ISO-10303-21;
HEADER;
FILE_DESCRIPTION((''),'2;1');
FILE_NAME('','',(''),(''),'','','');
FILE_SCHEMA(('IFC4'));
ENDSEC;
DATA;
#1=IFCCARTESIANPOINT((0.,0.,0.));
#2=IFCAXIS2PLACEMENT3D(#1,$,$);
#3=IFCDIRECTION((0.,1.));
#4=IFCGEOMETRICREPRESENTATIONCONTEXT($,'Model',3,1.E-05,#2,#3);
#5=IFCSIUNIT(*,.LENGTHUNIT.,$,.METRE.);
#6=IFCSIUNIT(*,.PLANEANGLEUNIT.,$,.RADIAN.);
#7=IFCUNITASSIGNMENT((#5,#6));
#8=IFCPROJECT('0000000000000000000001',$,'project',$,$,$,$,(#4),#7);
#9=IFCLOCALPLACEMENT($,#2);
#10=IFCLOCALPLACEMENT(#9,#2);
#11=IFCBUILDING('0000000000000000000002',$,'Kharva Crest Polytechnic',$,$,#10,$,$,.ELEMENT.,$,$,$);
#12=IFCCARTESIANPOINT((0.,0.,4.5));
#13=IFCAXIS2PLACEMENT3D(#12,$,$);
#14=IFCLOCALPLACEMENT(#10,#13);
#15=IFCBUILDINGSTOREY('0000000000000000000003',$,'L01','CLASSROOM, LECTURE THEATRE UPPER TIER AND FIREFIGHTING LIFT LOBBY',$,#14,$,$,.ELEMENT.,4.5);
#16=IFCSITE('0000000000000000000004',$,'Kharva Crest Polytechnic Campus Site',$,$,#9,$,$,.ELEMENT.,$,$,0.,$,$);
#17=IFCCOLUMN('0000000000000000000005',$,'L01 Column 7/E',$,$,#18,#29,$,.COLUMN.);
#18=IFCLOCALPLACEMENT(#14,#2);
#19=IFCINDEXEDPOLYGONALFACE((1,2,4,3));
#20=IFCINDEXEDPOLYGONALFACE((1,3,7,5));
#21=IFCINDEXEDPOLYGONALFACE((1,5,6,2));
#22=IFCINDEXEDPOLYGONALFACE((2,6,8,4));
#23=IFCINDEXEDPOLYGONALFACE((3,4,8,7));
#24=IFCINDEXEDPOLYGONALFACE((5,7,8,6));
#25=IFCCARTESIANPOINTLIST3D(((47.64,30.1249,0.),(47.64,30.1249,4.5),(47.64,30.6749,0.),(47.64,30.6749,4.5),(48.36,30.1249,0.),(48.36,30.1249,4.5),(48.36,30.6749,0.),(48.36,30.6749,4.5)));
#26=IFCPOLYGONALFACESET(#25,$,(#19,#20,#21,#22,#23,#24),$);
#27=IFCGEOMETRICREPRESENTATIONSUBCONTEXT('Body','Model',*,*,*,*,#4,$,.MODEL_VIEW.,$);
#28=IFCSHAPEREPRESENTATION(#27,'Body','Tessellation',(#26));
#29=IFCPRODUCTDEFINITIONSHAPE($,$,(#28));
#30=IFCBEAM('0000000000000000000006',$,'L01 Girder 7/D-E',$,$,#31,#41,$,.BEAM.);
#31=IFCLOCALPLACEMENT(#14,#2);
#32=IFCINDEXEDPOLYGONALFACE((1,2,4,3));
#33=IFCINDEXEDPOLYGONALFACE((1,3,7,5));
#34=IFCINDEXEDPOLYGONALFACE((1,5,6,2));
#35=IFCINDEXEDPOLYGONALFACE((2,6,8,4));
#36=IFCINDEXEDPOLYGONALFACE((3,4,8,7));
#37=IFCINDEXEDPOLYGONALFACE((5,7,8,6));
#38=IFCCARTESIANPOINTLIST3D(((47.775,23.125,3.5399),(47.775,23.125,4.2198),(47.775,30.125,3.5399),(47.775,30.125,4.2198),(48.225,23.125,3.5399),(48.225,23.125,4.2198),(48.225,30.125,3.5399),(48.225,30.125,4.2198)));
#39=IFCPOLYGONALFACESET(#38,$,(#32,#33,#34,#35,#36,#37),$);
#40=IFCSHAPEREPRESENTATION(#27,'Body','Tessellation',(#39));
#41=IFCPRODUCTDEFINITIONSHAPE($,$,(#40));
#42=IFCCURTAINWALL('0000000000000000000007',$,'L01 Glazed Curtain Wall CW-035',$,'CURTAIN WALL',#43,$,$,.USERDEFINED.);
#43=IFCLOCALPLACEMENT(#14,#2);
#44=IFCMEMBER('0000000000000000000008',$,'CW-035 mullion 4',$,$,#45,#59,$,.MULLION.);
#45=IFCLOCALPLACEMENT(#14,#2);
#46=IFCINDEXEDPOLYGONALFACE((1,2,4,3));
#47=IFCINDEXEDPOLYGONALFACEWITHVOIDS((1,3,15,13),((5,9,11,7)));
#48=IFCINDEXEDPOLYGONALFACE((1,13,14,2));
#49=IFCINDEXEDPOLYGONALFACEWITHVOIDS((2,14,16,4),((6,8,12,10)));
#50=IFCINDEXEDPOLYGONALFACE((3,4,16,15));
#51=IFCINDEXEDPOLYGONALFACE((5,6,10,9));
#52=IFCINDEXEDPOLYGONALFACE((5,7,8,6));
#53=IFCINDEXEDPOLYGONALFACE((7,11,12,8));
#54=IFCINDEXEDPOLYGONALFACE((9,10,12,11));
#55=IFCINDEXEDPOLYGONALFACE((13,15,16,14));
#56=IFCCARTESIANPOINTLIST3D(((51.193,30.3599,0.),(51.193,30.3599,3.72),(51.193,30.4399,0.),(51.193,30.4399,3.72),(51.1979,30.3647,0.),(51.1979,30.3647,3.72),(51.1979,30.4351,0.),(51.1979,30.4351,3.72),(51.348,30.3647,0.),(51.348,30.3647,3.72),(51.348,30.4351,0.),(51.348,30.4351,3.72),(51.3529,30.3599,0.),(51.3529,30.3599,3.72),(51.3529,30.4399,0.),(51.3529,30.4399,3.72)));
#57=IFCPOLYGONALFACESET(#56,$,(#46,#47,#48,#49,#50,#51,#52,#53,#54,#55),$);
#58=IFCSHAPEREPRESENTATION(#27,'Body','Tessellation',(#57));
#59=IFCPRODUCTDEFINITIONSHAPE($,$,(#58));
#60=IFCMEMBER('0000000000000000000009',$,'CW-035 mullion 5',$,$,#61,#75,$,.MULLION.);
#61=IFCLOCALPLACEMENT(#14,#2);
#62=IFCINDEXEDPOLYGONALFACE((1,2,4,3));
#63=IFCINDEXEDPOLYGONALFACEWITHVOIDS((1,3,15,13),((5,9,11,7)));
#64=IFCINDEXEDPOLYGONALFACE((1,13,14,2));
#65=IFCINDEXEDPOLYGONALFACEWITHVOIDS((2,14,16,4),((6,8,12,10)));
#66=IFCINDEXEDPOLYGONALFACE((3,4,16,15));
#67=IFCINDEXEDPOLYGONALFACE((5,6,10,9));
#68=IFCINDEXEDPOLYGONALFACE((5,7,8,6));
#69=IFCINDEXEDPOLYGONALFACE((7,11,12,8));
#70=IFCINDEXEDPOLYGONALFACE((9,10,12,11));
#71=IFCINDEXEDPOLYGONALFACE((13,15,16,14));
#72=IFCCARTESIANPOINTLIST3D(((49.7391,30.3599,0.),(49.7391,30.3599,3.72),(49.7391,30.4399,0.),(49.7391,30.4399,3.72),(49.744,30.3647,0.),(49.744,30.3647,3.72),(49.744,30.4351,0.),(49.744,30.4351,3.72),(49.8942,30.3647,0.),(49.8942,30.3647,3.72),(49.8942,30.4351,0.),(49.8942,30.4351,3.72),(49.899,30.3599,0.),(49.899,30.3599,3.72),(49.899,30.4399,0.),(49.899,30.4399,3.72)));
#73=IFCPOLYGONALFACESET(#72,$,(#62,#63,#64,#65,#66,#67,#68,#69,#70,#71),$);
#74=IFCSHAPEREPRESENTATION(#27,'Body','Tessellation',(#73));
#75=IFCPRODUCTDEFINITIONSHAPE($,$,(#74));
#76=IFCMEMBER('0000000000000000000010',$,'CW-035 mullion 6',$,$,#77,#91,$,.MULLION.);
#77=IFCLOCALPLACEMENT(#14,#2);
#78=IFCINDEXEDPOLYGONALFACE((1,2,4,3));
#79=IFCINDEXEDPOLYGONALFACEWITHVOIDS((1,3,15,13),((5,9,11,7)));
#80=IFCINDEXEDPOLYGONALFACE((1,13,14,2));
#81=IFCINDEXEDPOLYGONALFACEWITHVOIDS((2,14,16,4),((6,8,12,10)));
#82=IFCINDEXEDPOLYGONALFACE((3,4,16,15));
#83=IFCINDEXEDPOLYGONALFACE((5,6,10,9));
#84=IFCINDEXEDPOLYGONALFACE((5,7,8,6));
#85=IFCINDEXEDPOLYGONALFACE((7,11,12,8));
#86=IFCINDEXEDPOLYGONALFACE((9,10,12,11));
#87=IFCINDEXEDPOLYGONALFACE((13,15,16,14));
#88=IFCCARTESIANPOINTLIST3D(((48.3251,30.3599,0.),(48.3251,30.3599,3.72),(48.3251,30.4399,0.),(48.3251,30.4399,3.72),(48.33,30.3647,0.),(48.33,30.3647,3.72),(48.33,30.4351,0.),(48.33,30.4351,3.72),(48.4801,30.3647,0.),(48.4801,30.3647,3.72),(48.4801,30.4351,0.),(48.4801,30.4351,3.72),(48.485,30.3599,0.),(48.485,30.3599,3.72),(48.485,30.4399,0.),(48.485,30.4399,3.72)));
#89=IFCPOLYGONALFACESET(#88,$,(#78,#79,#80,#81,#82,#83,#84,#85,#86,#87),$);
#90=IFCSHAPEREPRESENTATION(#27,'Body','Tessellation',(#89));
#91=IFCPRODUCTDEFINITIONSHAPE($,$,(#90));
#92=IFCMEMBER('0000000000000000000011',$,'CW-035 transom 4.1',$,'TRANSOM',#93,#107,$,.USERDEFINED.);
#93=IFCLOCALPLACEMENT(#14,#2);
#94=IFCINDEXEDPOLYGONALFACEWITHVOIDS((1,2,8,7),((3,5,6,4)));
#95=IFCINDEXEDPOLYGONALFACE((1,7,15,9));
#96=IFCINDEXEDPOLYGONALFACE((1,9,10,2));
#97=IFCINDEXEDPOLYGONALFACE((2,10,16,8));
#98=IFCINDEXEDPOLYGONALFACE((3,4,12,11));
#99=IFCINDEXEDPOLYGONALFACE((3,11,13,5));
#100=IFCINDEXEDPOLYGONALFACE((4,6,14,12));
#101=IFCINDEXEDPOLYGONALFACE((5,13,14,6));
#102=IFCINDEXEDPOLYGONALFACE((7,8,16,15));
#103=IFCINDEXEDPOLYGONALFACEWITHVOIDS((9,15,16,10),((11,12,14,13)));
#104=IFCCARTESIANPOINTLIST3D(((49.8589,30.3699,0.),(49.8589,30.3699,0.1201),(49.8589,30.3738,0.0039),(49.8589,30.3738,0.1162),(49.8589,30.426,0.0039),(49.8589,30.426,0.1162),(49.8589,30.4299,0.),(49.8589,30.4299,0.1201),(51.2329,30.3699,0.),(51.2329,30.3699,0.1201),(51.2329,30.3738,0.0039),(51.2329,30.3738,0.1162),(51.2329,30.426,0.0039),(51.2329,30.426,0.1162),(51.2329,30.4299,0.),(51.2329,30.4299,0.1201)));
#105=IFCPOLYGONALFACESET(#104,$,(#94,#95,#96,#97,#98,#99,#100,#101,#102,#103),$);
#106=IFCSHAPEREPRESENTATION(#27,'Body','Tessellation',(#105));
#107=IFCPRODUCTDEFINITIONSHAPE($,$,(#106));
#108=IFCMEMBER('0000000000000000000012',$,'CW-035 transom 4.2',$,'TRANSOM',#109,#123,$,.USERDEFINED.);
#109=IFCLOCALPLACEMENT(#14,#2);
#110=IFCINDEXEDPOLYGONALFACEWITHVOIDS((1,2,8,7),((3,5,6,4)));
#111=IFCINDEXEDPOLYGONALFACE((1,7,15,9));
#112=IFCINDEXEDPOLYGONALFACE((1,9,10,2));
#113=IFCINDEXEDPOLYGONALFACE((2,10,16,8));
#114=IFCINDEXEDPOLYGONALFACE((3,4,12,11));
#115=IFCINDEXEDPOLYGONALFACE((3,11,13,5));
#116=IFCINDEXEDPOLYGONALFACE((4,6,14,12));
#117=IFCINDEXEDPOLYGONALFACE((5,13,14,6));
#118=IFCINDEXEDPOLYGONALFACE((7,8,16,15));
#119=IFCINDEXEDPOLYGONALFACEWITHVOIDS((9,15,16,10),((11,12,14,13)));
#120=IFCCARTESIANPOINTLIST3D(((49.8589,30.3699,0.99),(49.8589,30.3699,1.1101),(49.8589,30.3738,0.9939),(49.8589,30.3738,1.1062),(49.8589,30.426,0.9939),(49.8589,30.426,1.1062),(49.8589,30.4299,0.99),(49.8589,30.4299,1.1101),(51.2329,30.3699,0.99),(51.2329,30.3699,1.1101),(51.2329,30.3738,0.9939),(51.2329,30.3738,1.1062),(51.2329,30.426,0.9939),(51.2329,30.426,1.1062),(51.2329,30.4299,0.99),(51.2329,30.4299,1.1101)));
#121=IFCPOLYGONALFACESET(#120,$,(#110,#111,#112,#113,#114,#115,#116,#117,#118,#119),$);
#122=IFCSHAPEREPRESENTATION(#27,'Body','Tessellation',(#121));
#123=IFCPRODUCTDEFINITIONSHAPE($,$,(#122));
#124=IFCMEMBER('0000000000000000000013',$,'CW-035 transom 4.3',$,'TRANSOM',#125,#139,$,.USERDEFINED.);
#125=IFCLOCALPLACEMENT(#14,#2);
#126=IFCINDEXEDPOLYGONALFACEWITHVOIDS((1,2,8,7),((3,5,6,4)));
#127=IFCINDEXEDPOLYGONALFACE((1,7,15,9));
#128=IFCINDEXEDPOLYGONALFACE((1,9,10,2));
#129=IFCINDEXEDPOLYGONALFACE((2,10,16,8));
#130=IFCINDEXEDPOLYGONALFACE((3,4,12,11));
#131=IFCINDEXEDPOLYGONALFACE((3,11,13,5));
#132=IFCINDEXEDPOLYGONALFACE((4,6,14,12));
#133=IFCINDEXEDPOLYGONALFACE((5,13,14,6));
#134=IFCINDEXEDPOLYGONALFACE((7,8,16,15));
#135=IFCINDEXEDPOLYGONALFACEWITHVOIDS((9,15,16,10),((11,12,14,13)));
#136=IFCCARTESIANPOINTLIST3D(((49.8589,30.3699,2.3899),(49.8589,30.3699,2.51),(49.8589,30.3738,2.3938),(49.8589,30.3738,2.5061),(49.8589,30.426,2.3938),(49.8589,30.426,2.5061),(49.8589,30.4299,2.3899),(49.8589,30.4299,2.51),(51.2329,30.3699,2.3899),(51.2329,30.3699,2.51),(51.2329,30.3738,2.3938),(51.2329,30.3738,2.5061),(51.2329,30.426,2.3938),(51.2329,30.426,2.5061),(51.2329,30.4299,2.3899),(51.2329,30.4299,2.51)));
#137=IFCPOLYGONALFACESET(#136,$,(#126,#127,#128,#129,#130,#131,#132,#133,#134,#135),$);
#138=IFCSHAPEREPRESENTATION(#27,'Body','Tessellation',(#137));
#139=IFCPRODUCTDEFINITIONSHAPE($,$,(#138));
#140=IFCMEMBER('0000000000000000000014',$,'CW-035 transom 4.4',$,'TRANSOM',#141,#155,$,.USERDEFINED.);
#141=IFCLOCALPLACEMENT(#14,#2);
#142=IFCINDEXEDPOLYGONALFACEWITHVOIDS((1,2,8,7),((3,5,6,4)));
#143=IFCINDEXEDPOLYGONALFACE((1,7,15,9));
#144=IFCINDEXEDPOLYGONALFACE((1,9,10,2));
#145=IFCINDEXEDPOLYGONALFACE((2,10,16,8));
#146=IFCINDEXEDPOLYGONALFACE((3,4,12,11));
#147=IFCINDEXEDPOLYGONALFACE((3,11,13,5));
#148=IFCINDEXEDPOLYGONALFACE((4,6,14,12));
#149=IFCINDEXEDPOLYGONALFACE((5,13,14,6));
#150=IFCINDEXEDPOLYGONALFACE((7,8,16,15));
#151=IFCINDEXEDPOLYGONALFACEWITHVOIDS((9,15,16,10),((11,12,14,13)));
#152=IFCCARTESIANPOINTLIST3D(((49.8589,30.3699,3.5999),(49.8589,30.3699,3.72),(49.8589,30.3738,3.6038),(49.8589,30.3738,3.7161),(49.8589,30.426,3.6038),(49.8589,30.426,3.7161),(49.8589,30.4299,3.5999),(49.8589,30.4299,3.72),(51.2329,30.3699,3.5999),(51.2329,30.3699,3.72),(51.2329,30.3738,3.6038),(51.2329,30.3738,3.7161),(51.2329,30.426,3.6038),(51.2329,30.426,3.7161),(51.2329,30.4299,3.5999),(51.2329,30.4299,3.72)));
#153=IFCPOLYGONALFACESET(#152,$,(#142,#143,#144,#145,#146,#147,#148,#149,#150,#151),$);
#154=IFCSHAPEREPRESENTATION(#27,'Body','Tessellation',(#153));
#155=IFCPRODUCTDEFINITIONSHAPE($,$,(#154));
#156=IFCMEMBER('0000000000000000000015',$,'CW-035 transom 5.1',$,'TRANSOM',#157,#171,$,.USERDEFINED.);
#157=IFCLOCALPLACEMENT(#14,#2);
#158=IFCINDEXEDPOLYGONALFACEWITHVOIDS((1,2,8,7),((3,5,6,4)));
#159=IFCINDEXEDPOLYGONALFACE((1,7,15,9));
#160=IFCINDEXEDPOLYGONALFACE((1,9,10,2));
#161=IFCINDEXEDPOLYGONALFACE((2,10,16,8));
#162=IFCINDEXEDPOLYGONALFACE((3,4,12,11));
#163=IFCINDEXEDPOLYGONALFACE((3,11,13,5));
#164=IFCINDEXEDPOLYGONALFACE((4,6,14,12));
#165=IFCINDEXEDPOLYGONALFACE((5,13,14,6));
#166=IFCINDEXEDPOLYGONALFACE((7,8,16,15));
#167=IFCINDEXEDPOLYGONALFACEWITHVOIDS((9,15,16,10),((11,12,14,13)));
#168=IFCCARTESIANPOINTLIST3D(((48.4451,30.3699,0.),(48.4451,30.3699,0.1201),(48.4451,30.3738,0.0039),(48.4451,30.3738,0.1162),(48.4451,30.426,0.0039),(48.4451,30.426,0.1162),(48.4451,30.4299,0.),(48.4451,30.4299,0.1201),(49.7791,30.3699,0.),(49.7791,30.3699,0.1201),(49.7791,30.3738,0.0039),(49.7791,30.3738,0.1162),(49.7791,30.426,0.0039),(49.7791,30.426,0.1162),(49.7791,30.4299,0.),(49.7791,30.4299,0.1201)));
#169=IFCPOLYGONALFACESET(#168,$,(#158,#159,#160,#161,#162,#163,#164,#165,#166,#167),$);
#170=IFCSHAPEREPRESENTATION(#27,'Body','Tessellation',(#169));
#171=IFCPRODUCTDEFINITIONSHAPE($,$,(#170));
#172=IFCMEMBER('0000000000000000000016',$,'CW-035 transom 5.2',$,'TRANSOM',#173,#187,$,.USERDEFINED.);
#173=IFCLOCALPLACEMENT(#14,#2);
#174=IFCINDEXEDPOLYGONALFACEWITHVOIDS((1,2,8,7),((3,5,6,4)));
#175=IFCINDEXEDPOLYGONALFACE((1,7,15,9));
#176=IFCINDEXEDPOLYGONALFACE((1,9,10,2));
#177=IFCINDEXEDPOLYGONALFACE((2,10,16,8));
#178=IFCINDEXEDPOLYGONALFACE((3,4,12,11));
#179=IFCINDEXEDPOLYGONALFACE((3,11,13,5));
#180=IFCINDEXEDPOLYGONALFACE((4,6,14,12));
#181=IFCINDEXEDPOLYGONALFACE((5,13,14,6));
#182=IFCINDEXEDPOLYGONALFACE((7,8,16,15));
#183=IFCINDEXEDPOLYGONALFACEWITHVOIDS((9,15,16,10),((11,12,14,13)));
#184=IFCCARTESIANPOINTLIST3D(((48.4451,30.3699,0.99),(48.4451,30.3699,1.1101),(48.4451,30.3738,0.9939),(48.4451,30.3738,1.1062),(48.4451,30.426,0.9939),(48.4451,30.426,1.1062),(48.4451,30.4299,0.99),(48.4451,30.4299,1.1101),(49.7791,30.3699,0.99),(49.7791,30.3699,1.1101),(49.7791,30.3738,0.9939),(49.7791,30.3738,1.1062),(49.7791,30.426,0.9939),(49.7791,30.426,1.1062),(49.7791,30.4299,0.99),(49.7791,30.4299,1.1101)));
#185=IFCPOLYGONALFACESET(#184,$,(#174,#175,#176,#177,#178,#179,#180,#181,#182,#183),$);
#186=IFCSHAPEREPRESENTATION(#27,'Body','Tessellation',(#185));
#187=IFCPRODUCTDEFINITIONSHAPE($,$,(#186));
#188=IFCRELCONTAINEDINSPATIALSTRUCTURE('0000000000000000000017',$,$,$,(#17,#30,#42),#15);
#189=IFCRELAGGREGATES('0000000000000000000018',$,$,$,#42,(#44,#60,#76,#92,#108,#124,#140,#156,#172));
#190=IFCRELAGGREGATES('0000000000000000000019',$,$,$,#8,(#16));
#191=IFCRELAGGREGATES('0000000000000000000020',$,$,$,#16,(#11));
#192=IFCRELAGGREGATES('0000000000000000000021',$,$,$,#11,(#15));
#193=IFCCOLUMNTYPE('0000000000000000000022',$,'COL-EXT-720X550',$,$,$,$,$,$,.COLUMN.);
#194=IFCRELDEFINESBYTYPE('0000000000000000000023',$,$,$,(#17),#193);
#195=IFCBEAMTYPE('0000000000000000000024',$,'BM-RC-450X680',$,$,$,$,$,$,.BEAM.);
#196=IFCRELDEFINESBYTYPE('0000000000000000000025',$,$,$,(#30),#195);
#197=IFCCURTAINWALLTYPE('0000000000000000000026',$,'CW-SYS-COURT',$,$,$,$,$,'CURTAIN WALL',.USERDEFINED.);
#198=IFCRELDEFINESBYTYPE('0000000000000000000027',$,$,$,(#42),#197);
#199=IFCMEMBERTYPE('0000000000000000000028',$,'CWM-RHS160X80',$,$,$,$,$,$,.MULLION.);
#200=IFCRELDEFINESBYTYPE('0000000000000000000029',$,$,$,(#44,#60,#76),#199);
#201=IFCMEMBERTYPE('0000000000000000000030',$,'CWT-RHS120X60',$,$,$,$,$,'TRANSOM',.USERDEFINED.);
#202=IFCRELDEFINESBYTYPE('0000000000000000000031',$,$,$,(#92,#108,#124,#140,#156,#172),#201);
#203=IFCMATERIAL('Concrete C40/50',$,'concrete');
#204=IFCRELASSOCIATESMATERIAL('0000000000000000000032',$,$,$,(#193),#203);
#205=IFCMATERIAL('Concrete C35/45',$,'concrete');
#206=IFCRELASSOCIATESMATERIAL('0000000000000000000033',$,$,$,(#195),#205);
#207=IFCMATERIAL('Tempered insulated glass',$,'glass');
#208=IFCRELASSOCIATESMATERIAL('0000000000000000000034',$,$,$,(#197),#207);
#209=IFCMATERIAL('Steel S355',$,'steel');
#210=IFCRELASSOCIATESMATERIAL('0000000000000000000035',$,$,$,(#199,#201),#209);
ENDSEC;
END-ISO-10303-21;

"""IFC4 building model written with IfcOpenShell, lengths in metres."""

from ifc_helpers import new_model, si_unit, direction, frame, origin, origin_2d, place, context, subcontext, project, spatial, rectangle, hollow_rectangle, extrude, material, material_profile, profile_set, type_object, element, aggregate, save


model = new_model("IFC4")

# Units and contexts
model_context = context("Model", 3, precision=1e-05, world=origin(), true_north=direction((0.0, 1.0)))
body_context = subcontext(model_context, "Body", "Model", "MODEL_VIEW")
ifc_project = project(units=[si_unit("LENGTHUNIT", "METRE"), si_unit("PLANEANGLEUNIT", "RADIAN")], contexts=[model_context])

# Site, building, storey
site_placement = place(None, origin())
site = spatial("IfcSite", under=ifc_project, at=site_placement, Name="Kharva Crest Polytechnic Campus Site", CompositionType="ELEMENT", RefElevation=0.0)
building_placement = place(site_placement, origin())
building = spatial("IfcBuilding", under=site, at=building_placement, Name="Kharva Crest Polytechnic", CompositionType="ELEMENT")
storey_placement = place(building_placement, frame((0.0, 0.0, 4.5)))
storey = spatial("IfcBuildingStorey", under=building, at=storey_placement, Name="L01", Description="CLASSROOM, LECTURE THEATRE UPPER TIER AND FIREFIGHTING LIFT LOBBY", CompositionType="ELEMENT", Elevation=4.5)

# Column
ifc_material_1 = material(Name="Concrete C40/50", Category="concrete")
ifc_material_profile_1 = material_profile(ifc_material_1, rectangle(XDim=0.72, YDim=0.55, at=origin_2d()), Name="RECT 720 X 550")
ifc_profile_set_1 = profile_set([ifc_material_profile_1], Name="Concrete C40/50")
column_type = type_object("IfcColumnType", Name="COL-EXT-720X550", PredefinedType="COLUMN", material=ifc_profile_set_1)
column_placement = place(storey_placement, frame((48.0, 30.3999, 0.0), z_axis=(0.0, 0.0, 1.0), x_axis=(1.0, 0.0, 0.0)))
element("IfcColumn", 1, at=column_placement, inside=storey, type_object=column_type, Name="L01 Column 7/E", PredefinedType="COLUMN", context=body_context, shape_type="SweptSolid", body=[
    extrude(rectangle(XDim=0.72, YDim=0.55, at=origin_2d()), origin(), (0.0, 0.0, 1.0), 4.5),
])

# Beam
ifc_material_2 = material(Name="Concrete C35/45", Category="concrete")
ifc_material_profile_2 = material_profile(ifc_material_2, rectangle(XDim=0.45, YDim=0.6799, at=origin_2d()), Name="RECT 450 X 680")
ifc_profile_set_2 = profile_set([ifc_material_profile_2], Name="Concrete C35/45")
beam_type_1 = type_object("IfcBeamType", Name="BM-RC-450X680", PredefinedType="BEAM", material=ifc_profile_set_2)
beam_1_placement = place(storey_placement, frame((48.0, 23.125, 3.8799), z_axis=(0.0, 1.0, 0.0), x_axis=(-1.0, 0.0, 0.0)))
element("IfcBeam", 2, at=beam_1_placement, inside=storey, type_object=beam_type_1, Name="L01 Girder 7/D-E", PredefinedType="BEAM", context=body_context, shape_type="SweptSolid", body=[
    extrude(rectangle(XDim=0.45, YDim=0.6799, at=origin_2d()), origin(), (0.0, 0.0, 1.0), 7.0),
])

# Curtain wall, members
ifc_material_3 = material(Name="Tempered insulated glass", Category="glass")
curtain_wall_type = type_object("IfcCurtainWallType", Name="CW-SYS-COURT", ElementType="CURTAIN WALL", PredefinedType="USERDEFINED", material=ifc_material_3)
curtain_wall_placement = place(storey_placement, origin())
curtain_wall = element("IfcCurtainWall", 3, at=curtain_wall_placement, inside=storey, type_object=curtain_wall_type, Name="L01 Glazed Curtain Wall CW-035", ObjectType="CURTAIN WALL", PredefinedType="USERDEFINED")
ifc_material_4 = material(Name="Steel S355", Category="steel")
ifc_material_profile_3 = material_profile(ifc_material_4, hollow_rectangle(XDim=0.0801, YDim=0.1599, WallThickness=0.0049, at=origin_2d()), Name="RHS 160X80X5.0")
ifc_profile_set_3 = profile_set([ifc_material_profile_3], Name="Steel S355")
member_type_1 = type_object("IfcMemberType", Name="CWM-RHS160X80", PredefinedType="MULLION", material=ifc_profile_set_3)
member_1_placement = place(storey_placement, frame((51.2729, 30.3999, 0.0), z_axis=(0.0, 0.0, 1.0), x_axis=(0.0, -1.0, 0.0)))
member_1 = element("IfcMember", 4, at=member_1_placement, type_object=member_type_1, Name="CW-035 mullion 4", PredefinedType="MULLION", context=body_context, shape_type="SweptSolid", body=[
    extrude(hollow_rectangle(XDim=0.0801, YDim=0.1599, WallThickness=0.0049, at=origin_2d()), origin(), (0.0, 0.0, 1.0), 3.72),
])
member_2_placement = place(storey_placement, frame((49.8191, 30.3999, 0.0), z_axis=(0.0, 0.0, 1.0), x_axis=(0.0, -1.0, 0.0)))
member_2 = element("IfcMember", 5, at=member_2_placement, type_object=member_type_1, Name="CW-035 mullion 5", PredefinedType="MULLION", context=body_context, shape_type="SweptSolid", body=[
    extrude(hollow_rectangle(XDim=0.0801, YDim=0.1599, WallThickness=0.0049, at=origin_2d()), origin(), (0.0, 0.0, 1.0), 3.72),
])
member_3_placement = place(storey_placement, frame((48.405, 30.3999, 0.0), z_axis=(0.0, 0.0, 1.0), x_axis=(0.0, -1.0, 0.0)))
member_3 = element("IfcMember", 6, at=member_3_placement, type_object=member_type_1, Name="CW-035 mullion 6", PredefinedType="MULLION", context=body_context, shape_type="SweptSolid", body=[
    extrude(hollow_rectangle(XDim=0.0801, YDim=0.1599, WallThickness=0.0049, at=origin_2d()), origin(), (0.0, 0.0, 1.0), 3.72),
])
ifc_material_profile_4 = material_profile(ifc_material_4, hollow_rectangle(XDim=0.0601, YDim=0.1201, WallThickness=0.0039, at=origin_2d()), Name="RHS 120X60X4.0")
ifc_profile_set_4 = profile_set([ifc_material_profile_4], Name="Steel S355")
member_type_2 = type_object("IfcMemberType", Name="CWT-RHS120X60", ElementType="TRANSOM", PredefinedType="USERDEFINED", material=ifc_profile_set_4)
member_4_placement = place(storey_placement, frame((51.2329, 30.3999, 0.0601), z_axis=(-1.0, 0.0, 0.0), x_axis=(0.0, -1.0, 0.0)))
member_4 = element("IfcMember", 7, at=member_4_placement, type_object=member_type_2, Name="CW-035 transom 4.1", ObjectType="TRANSOM", PredefinedType="USERDEFINED", context=body_context, shape_type="SweptSolid", body=[
    extrude(hollow_rectangle(XDim=0.0601, YDim=0.1201, WallThickness=0.0039, at=origin_2d()), origin(), (0.0, 0.0, 1.0), 1.374),
])
member_5_placement = place(storey_placement, frame((51.2329, 30.3999, 1.05), z_axis=(-1.0, 0.0, 0.0), x_axis=(0.0, -1.0, 0.0)))
member_5 = element("IfcMember", 8, at=member_5_placement, type_object=member_type_2, Name="CW-035 transom 4.2", ObjectType="TRANSOM", PredefinedType="USERDEFINED", context=body_context, shape_type="SweptSolid", body=[
    extrude(hollow_rectangle(XDim=0.0601, YDim=0.1201, WallThickness=0.0039, at=origin_2d()), origin(), (0.0, 0.0, 1.0), 1.374),
])
member_6_placement = place(storey_placement, frame((51.2329, 30.3999, 2.45), z_axis=(-1.0, 0.0, 0.0), x_axis=(0.0, -1.0, 0.0)))
member_6 = element("IfcMember", 9, at=member_6_placement, type_object=member_type_2, Name="CW-035 transom 4.3", ObjectType="TRANSOM", PredefinedType="USERDEFINED", context=body_context, shape_type="SweptSolid", body=[
    extrude(hollow_rectangle(XDim=0.0601, YDim=0.1201, WallThickness=0.0039, at=origin_2d()), origin(), (0.0, 0.0, 1.0), 1.374),
])
member_7_placement = place(storey_placement, frame((51.2329, 30.3999, 3.6599), z_axis=(-1.0, 0.0, 0.0), x_axis=(0.0, -1.0, 0.0)))
member_7 = element("IfcMember", 10, at=member_7_placement, type_object=member_type_2, Name="CW-035 transom 4.4", ObjectType="TRANSOM", PredefinedType="USERDEFINED", context=body_context, shape_type="SweptSolid", body=[
    extrude(hollow_rectangle(XDim=0.0601, YDim=0.1201, WallThickness=0.0039, at=origin_2d()), origin(), (0.0, 0.0, 1.0), 1.374),
])
member_8_placement = place(storey_placement, frame((49.7791, 30.3999, 0.0601), z_axis=(-1.0, 0.0, 0.0), x_axis=(0.0, -1.0, 0.0)))
member_8 = element("IfcMember", 11, at=member_8_placement, type_object=member_type_2, Name="CW-035 transom 5.1", ObjectType="TRANSOM", PredefinedType="USERDEFINED", context=body_context, shape_type="SweptSolid", body=[
    extrude(hollow_rectangle(XDim=0.0601, YDim=0.1201, WallThickness=0.0039, at=origin_2d()), origin(), (0.0, 0.0, 1.0), 1.334),
])
member_9_placement = place(storey_placement, frame((49.7791, 30.3999, 1.05), z_axis=(-1.0, 0.0, 0.0), x_axis=(0.0, -1.0, 0.0)))
member_9 = element("IfcMember", 12, at=member_9_placement, type_object=member_type_2, Name="CW-035 transom 5.2", ObjectType="TRANSOM", PredefinedType="USERDEFINED", context=body_context, shape_type="SweptSolid", body=[
    extrude(hollow_rectangle(XDim=0.0601, YDim=0.1201, WallThickness=0.0039, at=origin_2d()), origin(), (0.0, 0.0, 1.0), 1.334),
])

aggregate(curtain_wall, [member_1, member_2, member_3, member_4, member_5, member_6, member_7, member_8, member_9])

save(model, "model.ifc")
